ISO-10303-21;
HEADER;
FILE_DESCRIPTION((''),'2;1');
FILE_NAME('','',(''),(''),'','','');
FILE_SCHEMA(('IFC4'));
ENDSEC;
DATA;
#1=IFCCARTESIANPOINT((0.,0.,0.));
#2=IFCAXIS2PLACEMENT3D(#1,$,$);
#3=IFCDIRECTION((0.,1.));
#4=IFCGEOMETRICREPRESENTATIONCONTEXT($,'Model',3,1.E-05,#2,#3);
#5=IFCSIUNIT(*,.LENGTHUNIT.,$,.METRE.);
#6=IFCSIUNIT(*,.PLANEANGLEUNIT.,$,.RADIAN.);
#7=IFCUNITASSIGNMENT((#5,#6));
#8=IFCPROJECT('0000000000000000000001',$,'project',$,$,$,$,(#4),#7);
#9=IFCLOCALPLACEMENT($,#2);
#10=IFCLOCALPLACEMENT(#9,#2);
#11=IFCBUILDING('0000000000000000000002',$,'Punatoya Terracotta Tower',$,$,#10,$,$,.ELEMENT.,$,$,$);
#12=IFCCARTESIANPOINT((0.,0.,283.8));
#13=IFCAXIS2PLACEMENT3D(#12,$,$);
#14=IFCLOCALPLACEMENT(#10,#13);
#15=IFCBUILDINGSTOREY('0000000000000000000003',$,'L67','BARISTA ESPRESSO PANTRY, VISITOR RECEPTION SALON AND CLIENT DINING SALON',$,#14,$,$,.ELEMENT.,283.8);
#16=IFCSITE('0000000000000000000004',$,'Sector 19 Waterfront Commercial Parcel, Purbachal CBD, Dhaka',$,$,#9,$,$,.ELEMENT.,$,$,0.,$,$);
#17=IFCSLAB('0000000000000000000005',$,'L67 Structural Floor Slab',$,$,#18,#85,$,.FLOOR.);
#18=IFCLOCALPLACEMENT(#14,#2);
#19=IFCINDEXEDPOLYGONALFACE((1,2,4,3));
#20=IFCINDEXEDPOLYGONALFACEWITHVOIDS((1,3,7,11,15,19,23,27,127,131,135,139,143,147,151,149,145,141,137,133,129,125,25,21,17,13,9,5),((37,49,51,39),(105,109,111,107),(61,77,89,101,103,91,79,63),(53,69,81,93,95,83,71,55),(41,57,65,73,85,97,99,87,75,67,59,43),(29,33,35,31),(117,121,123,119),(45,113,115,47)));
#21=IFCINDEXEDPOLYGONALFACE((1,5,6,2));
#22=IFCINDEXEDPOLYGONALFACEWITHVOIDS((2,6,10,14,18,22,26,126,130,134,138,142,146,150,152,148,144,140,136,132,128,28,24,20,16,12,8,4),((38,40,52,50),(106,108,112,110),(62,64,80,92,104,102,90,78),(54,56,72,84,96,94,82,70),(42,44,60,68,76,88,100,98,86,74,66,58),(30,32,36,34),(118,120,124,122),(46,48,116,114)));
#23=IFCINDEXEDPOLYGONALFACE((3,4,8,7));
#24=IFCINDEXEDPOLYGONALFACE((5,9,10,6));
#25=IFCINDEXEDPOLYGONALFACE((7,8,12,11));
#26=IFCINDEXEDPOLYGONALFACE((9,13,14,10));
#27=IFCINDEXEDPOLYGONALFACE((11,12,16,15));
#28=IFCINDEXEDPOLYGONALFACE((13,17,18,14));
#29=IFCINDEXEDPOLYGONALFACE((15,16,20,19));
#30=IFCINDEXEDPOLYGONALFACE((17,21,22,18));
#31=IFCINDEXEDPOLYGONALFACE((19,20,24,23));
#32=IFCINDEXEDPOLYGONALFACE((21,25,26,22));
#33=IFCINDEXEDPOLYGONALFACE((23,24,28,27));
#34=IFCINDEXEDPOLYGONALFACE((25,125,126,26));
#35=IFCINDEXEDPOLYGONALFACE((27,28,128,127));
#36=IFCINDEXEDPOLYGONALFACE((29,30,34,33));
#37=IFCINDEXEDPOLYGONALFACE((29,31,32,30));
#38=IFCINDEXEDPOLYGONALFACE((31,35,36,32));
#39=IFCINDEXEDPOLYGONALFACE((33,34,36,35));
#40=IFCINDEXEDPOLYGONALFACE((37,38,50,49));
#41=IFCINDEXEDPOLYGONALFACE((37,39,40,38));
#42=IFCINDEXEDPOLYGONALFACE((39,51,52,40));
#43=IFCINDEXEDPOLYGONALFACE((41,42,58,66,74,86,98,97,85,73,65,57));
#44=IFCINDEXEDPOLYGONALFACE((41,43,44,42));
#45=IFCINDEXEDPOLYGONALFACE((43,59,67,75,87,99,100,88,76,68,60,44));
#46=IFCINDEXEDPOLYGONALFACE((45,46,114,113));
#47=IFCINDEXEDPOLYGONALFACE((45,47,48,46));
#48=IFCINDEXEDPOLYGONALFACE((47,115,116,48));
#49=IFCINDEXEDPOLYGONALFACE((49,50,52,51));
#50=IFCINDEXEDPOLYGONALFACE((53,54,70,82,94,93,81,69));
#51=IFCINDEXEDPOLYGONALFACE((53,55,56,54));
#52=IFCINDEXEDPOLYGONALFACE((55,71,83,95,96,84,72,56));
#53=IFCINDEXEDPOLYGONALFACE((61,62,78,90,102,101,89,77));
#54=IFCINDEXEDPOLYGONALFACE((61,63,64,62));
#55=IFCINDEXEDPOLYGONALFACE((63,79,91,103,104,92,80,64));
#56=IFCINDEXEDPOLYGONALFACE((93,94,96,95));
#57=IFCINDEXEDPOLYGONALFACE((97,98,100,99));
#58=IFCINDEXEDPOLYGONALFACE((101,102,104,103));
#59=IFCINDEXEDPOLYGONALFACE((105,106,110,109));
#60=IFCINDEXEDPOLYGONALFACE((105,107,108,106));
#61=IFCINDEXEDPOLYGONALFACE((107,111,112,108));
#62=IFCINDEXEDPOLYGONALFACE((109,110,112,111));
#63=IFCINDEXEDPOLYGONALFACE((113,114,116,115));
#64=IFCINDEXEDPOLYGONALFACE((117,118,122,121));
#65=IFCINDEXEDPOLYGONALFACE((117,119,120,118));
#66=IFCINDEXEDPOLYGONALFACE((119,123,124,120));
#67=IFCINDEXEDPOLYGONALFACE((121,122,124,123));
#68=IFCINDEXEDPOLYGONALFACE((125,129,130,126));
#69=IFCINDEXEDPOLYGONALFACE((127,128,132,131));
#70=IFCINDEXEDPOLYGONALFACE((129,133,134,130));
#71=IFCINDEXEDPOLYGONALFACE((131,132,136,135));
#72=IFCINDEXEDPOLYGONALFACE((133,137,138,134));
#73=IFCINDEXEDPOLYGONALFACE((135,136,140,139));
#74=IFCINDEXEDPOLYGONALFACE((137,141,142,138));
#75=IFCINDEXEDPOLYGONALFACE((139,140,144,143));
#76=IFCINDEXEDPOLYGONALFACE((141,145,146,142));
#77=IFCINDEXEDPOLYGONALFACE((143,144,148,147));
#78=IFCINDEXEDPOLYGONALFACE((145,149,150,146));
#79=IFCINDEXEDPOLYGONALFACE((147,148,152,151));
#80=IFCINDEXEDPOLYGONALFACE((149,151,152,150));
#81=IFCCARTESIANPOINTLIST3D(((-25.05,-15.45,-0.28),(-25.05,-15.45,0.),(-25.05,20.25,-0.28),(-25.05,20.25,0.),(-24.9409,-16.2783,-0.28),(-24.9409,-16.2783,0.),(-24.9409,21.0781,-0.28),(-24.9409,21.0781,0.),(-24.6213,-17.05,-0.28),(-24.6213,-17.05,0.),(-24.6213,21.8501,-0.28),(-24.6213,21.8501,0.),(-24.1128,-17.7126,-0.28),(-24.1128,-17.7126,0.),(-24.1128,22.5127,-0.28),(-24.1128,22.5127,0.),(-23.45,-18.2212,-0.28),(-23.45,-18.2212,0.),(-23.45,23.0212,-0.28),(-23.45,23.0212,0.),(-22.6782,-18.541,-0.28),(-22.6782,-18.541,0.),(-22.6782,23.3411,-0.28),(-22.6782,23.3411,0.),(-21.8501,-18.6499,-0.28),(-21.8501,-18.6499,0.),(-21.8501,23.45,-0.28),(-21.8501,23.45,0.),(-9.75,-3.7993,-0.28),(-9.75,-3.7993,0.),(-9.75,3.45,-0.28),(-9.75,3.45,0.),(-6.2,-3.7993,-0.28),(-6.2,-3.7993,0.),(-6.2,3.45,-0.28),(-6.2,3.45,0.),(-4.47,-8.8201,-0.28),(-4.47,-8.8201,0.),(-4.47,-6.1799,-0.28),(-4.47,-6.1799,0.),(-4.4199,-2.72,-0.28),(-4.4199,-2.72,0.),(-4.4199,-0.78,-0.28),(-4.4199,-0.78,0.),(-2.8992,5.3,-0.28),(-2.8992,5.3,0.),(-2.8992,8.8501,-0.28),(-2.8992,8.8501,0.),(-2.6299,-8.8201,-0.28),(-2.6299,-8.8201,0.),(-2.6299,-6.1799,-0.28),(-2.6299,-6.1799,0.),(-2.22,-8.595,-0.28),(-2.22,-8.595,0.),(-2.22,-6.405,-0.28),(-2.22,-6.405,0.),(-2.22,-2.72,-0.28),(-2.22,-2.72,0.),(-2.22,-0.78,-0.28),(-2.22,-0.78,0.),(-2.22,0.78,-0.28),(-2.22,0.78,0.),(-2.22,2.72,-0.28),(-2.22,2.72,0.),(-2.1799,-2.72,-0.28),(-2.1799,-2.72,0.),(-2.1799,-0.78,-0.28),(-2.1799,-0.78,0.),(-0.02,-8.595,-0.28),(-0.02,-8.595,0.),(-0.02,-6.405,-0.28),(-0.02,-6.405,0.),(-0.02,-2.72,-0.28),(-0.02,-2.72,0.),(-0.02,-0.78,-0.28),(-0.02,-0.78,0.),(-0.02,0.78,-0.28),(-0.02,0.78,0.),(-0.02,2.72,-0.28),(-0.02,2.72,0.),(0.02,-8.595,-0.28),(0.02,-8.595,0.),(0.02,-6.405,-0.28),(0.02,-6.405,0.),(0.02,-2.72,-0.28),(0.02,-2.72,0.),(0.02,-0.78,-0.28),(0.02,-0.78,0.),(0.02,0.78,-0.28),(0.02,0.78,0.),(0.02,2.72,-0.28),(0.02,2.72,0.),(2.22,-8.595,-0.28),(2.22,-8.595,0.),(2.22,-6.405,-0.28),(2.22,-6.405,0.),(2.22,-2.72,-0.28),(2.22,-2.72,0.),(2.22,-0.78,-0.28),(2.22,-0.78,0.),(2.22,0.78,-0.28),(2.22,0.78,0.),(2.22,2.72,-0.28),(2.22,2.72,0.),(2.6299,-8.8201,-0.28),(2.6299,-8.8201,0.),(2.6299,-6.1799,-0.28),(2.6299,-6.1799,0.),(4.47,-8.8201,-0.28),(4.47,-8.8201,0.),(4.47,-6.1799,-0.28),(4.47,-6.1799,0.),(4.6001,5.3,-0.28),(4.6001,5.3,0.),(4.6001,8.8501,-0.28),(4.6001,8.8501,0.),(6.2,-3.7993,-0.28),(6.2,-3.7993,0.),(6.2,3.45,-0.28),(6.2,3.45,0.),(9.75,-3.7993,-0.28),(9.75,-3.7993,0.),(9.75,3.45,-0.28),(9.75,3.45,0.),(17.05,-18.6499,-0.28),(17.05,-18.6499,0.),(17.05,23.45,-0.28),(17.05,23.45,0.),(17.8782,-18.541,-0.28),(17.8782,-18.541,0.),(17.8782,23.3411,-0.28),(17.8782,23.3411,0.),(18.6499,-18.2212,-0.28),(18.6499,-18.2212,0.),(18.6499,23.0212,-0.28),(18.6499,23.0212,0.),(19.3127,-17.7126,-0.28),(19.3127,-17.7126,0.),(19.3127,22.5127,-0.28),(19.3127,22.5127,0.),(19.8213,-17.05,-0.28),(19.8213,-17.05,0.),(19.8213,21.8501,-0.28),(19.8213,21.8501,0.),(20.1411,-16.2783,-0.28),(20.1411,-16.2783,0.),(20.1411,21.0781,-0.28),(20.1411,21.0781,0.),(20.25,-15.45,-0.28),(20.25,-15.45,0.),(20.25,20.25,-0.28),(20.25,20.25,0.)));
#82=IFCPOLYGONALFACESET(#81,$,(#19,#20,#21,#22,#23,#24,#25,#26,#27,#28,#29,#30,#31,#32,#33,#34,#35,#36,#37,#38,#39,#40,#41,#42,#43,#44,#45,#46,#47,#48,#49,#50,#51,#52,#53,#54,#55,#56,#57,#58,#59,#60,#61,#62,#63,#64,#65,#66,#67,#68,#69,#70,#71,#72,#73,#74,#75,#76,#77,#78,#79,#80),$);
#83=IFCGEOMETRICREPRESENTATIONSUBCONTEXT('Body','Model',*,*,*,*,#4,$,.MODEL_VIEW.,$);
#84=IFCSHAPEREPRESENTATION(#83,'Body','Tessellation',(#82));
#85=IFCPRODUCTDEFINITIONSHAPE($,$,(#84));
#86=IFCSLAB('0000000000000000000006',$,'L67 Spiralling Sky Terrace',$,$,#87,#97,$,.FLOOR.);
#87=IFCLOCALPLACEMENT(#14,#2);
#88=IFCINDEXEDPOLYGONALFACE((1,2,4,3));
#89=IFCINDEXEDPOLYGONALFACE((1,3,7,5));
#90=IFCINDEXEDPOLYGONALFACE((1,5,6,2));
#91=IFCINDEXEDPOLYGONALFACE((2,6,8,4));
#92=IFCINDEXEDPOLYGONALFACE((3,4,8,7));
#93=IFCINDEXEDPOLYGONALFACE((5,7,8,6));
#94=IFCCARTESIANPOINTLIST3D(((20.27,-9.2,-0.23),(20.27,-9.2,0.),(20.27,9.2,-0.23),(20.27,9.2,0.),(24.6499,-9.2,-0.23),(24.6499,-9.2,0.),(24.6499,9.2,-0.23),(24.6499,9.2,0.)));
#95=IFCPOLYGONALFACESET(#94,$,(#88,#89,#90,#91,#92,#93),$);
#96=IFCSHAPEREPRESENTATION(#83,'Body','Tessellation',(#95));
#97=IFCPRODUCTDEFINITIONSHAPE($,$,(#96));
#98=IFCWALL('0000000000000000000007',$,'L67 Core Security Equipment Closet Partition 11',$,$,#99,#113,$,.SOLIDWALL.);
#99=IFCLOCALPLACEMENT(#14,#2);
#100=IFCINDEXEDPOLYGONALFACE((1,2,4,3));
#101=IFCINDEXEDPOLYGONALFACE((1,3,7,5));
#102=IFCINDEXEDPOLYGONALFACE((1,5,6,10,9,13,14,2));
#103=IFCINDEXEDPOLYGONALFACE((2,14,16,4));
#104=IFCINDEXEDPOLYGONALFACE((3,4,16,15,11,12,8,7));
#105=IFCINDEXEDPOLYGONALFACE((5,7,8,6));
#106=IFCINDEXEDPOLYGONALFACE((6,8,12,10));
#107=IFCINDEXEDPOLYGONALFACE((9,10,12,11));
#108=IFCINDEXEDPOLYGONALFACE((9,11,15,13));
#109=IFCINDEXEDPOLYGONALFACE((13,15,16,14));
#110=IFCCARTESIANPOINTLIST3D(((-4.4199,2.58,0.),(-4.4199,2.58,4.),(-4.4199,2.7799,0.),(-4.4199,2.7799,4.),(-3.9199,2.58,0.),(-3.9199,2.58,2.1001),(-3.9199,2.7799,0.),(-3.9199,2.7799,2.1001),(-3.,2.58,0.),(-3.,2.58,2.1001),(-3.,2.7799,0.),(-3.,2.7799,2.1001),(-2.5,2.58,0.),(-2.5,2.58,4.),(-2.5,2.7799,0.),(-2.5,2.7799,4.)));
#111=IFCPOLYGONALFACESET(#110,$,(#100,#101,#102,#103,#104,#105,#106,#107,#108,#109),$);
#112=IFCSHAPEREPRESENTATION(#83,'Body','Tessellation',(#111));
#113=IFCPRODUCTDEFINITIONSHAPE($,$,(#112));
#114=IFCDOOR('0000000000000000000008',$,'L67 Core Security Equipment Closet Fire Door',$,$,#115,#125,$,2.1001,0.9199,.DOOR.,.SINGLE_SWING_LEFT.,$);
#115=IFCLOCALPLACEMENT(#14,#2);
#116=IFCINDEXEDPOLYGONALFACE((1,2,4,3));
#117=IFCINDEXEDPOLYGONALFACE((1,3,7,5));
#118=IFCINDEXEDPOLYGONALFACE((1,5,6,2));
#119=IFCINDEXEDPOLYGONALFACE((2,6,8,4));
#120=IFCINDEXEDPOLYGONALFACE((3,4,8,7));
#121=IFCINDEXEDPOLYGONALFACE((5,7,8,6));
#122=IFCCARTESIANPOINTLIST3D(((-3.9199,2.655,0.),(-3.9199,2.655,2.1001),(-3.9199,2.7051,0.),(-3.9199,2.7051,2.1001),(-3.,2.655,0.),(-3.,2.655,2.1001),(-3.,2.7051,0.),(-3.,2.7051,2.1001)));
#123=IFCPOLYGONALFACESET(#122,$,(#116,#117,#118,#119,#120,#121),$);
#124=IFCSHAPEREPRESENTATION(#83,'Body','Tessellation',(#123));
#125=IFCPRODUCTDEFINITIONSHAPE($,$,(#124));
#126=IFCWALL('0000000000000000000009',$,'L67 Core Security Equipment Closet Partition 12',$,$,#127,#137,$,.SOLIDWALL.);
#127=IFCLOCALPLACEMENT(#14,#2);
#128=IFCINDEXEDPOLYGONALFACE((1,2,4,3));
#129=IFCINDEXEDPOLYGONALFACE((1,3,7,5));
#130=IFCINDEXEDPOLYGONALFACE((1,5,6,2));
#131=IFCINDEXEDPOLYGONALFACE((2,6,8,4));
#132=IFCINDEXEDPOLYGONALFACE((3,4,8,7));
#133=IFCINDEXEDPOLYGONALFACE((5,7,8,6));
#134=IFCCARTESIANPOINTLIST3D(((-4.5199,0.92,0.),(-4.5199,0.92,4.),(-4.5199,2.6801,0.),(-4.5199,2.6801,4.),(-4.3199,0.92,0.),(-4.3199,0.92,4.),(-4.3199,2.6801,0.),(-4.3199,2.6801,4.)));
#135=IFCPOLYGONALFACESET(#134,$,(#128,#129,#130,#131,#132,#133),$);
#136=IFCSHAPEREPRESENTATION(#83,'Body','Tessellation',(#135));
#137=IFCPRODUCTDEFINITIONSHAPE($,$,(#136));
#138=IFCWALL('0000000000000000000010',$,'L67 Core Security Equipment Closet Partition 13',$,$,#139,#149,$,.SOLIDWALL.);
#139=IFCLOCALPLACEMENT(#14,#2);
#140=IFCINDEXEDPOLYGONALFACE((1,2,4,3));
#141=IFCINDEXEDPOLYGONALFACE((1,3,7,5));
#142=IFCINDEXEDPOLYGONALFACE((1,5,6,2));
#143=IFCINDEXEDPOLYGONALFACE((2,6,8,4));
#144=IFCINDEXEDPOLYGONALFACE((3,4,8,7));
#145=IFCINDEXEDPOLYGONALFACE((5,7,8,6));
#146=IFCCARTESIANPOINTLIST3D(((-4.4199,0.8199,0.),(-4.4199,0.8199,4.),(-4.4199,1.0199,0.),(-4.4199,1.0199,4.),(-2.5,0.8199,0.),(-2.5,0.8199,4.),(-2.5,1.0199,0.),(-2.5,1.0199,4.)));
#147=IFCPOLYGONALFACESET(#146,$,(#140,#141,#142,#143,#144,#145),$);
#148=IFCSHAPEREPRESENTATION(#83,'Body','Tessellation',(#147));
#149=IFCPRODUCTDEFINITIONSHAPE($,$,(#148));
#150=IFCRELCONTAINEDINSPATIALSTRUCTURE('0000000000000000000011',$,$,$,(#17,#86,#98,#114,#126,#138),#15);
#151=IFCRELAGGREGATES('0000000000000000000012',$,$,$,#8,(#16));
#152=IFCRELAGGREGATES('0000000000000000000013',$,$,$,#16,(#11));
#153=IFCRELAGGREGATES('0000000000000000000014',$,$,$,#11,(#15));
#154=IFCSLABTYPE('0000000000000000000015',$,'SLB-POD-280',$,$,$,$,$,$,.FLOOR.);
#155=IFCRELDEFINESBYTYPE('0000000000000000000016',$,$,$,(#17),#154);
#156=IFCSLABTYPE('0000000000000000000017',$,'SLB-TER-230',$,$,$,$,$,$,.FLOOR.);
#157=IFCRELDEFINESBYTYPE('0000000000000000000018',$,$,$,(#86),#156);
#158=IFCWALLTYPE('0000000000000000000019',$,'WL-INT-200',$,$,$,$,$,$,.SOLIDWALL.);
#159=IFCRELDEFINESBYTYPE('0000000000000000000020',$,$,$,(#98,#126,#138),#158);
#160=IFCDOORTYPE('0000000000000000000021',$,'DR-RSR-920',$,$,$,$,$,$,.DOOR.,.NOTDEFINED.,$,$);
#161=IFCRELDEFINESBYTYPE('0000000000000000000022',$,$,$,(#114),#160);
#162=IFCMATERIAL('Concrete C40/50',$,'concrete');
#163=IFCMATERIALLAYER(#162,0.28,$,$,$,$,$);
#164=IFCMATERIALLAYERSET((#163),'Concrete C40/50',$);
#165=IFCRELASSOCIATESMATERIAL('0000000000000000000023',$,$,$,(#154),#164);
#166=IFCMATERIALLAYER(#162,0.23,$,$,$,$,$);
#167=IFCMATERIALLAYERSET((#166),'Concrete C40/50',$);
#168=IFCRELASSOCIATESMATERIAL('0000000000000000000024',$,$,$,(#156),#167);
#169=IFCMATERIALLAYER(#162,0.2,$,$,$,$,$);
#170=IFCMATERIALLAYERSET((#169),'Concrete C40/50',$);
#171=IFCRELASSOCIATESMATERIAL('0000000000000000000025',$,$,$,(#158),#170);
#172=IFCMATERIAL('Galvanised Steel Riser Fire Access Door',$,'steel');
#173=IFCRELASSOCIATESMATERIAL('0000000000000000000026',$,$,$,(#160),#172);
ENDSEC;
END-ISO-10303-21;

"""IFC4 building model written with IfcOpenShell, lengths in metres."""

from ifc_helpers import new_model, si_unit, direction, frame, frame_2d, origin, place, context, subcontext, project, spatial, polyline, rectangle, outline, extrude, material, layer, layer_set, type_object, element, fill, save


model = new_model("IFC4")

# Units and contexts
model_context = context("Model", 3, precision=1e-05, world=origin(), true_north=direction((0.0, 1.0)))
body_context = subcontext(model_context, "Body", "Model", "MODEL_VIEW")
ifc_project = project(units=[si_unit("LENGTHUNIT", "METRE"), si_unit("PLANEANGLEUNIT", "RADIAN")], contexts=[model_context])

# Site, building, storey
site_placement = place(None, origin())
site = spatial("IfcSite", under=ifc_project, at=site_placement, Name="Sector 19 Waterfront Commercial Parcel, Purbachal CBD, Dhaka", CompositionType="ELEMENT", RefElevation=0.0)
building_placement = place(site_placement, origin())
building = spatial("IfcBuilding", under=site, at=building_placement, Name="Punatoya Terracotta Tower", CompositionType="ELEMENT")
storey_placement = place(building_placement, frame((0.0, 0.0, 283.8)))
storey = spatial("IfcBuildingStorey", under=building, at=storey_placement, Name="L67", Description="BARISTA ESPRESSO PANTRY, VISITOR RECEPTION SALON AND CLIENT DINING SALON", CompositionType="ELEMENT", Elevation=283.8)

# Slabs
ifc_material_1 = material(Name="Concrete C40/50", Category="concrete")
ifc_layer_1 = layer(ifc_material_1, 0.28)
ifc_layer_set_1 = layer_set([ifc_layer_1], Name="Concrete C40/50")
slab_type_1 = type_object("IfcSlabType", Name="SLB-POD-280", PredefinedType="FLOOR", material=ifc_layer_set_1)
slab_1_placement = place(storey_placement, frame((0.0, 0.0, -0.28)))
element("IfcSlab", 1, at=slab_1_placement, inside=storey, type_object=slab_type_1, Name="L67 Structural Floor Slab", PredefinedType="FLOOR", context=body_context, shape_type="SweptSolid", body=[
    extrude(outline(polyline([(-21.8501, -18.6499), (-22.6782, -18.541), (-23.45, -18.2212), (-24.1128, -17.7126), (-24.6213, -17.05), (-24.9409, -16.2783), (-25.05, -15.45), (-25.05, 20.25), (-24.9409, 21.0781), (-24.6213, 21.8501), (-24.1128, 22.5127), (-23.45, 23.0212), (-22.6782, 23.3411), (-21.8501, 23.45), (17.05, 23.45), (17.8782, 23.3411), (18.6499, 23.0212), (19.3127, 22.5127), (19.8213, 21.8501), (20.1411, 21.0781), (20.25, 20.25), (20.25, -15.45), (20.1411, -16.2783), (19.8213, -17.05), (19.3127, -17.7126), (18.6499, -18.2212), (17.8782, -18.541), (17.05, -18.6499), (-21.8501, -18.6499)]), holes=[polyline([(-2.6299, -6.1799), (-4.47, -6.1799), (-4.47, -8.8201), (-2.6299, -8.8201), (-2.6299, -6.1799)]), polyline([(0.02, -8.595), (2.22, -8.595), (2.22, -6.405), (0.02, -6.405), (-0.02, -6.405), (-2.22, -6.405), (-2.22, -8.595), (-0.02, -8.595), (0.02, -8.595)]), polyline([(-2.22, -2.72), (-2.1799, -2.72), (-0.02, -2.72), (0.02, -2.72), (2.22, -2.72), (2.22, -0.78), (0.02, -0.78), (-0.02, -0.78), (-2.1799, -0.78), (-2.22, -0.78), (-4.4199, -0.78), (-4.4199, -2.72), (-2.22, -2.72)]), polyline([(-6.2, 3.45), (-9.75, 3.45), (-9.75, -3.7993), (-6.2, -3.7993), (-6.2, 3.45)]), polyline([(0.02, 0.78), (2.22, 0.78), (2.22, 2.72), (0.02, 2.72), (-0.02, 2.72), (-2.22, 2.72), (-2.22, 0.78), (-0.02, 0.78), (0.02, 0.78)]), polyline([(4.47, -8.8201), (4.47, -6.1799), (2.6299, -6.1799), (2.6299, -8.8201), (4.47, -8.8201)]), polyline([(6.2, 3.45), (6.2, -3.7993), (9.75, -3.7993), (9.75, 3.45), (6.2, 3.45)]), polyline([(4.6001, 5.3), (4.6001, 8.8501), (-2.8992, 8.8501), (-2.8992, 5.3), (4.6001, 5.3)])]), origin(), (0.0, 0.0, 1.0), 0.28),
])
ifc_layer_2 = layer(ifc_material_1, 0.23)
ifc_layer_set_2 = layer_set([ifc_layer_2], Name="Concrete C40/50")
slab_type_2 = type_object("IfcSlabType", Name="SLB-TER-230", PredefinedType="FLOOR", material=ifc_layer_set_2)
slab_2_placement = place(storey_placement, frame((0.0, 0.0, -0.23)))
element("IfcSlab", 2, at=slab_2_placement, inside=storey, type_object=slab_type_2, Name="L67 Spiralling Sky Terrace", PredefinedType="FLOOR", context=body_context, shape_type="SweptSolid", body=[
    extrude(outline(polyline([(24.6499, 9.2), (24.6499, -9.2), (20.27, -9.2), (20.27, 9.2), (24.6499, 9.2)])), origin(), (0.0, 0.0, 1.0), 0.23),
])

# Wall, opening, door
ifc_layer_3 = layer(ifc_material_1, 0.2)
ifc_layer_set_3 = layer_set([ifc_layer_3], Name="Concrete C40/50")
wall_type_1 = type_object("IfcWallType", Name="WL-INT-200", PredefinedType="SOLIDWALL", material=ifc_layer_set_3)
wall_1_placement = place(storey_placement, frame((-2.5, 2.6799, 0.0), z_axis=(0.0, 0.0, 1.0), x_axis=(-1.0, 0.0, 0.0)))
wall_1 = element("IfcWall", 3, at=wall_1_placement, inside=storey, type_object=wall_type_1, Name="L67 Core Security Equipment Closet Partition 11", PredefinedType="SOLIDWALL", context=body_context, shape_type="SweptSolid", body=[
    extrude(rectangle(XDim=1.9199, YDim=0.2, at=frame_2d((0.96, 0.0))), origin(), (0.0, 0.0, 1.0), 4.0),
])
opening_1_placement = place(wall_1_placement, frame((0.5, 0.0, 0.0)))
opening_1 = element("IfcOpeningElement", 4, at=opening_1_placement, cuts=wall_1, PredefinedType="OPENING", context=body_context, shape_type="SweptSolid", body=[
    extrude(rectangle(XDim=0.9199, YDim=2.1001, at=frame_2d((0.46, 1.05))), frame((0.0, 0.1099, 0.0), z_axis=(0.0, -1.0, 0.0), x_axis=(1.0, 0.0, 0.0)), (0.0, 0.0, 1.0), 0.22),
])
ifc_material_2 = material(Name="Galvanised Steel Riser Fire Access Door", Category="steel")
door_type_1 = type_object("IfcDoorType", Name="DR-RSR-920", OperationType="NOTDEFINED", PredefinedType="DOOR", material=ifc_material_2)
door_1_placement = place(opening_1_placement, origin())
door_1 = element("IfcDoor", 5, at=door_1_placement, inside=storey, type_object=door_type_1, Name="L67 Core Security Equipment Closet Fire Door", OperationType="SINGLE_SWING_LEFT", OverallHeight=2.1001, OverallWidth=0.9199, PredefinedType="DOOR", context=body_context, shape_type="SweptSolid", body=[
    extrude(rectangle(XDim=0.9199, YDim=2.1001, at=frame_2d((0.46, 1.05))), frame((0.0, 0.0249, 0.0), z_axis=(0.0, -1.0, 0.0), x_axis=(1.0, 0.0, 0.0)), (0.0, 0.0, 1.0), 0.05),
])
fill(opening_1, door_1)

# Walls
wall_2_placement = place(storey_placement, frame((-4.4199, 2.6799, 0.0), z_axis=(0.0, 0.0, 1.0), x_axis=(0.0, -1.0, 0.0)))
element("IfcWall", 6, at=wall_2_placement, inside=storey, type_object=wall_type_1, Name="L67 Core Security Equipment Closet Partition 12", PredefinedType="SOLIDWALL", context=body_context, shape_type="SweptSolid", body=[
    extrude(rectangle(XDim=1.76, YDim=0.2, at=frame_2d((0.8799, 0.0))), origin(), (0.0, 0.0, 1.0), 4.0),
])
wall_3_placement = place(storey_placement, frame((-4.4199, 0.9199, 0.0), z_axis=(0.0, 0.0, 1.0), x_axis=(1.0, 0.0, 0.0)))
element("IfcWall", 7, at=wall_3_placement, inside=storey, type_object=wall_type_1, Name="L67 Core Security Equipment Closet Partition 13", PredefinedType="SOLIDWALL", context=body_context, shape_type="SweptSolid", body=[
    extrude(rectangle(XDim=1.9199, YDim=0.2, at=frame_2d((0.96, 0.0))), origin(), (0.0, 0.0, 1.0), 4.0),
])

save(model, "model.ifc")
